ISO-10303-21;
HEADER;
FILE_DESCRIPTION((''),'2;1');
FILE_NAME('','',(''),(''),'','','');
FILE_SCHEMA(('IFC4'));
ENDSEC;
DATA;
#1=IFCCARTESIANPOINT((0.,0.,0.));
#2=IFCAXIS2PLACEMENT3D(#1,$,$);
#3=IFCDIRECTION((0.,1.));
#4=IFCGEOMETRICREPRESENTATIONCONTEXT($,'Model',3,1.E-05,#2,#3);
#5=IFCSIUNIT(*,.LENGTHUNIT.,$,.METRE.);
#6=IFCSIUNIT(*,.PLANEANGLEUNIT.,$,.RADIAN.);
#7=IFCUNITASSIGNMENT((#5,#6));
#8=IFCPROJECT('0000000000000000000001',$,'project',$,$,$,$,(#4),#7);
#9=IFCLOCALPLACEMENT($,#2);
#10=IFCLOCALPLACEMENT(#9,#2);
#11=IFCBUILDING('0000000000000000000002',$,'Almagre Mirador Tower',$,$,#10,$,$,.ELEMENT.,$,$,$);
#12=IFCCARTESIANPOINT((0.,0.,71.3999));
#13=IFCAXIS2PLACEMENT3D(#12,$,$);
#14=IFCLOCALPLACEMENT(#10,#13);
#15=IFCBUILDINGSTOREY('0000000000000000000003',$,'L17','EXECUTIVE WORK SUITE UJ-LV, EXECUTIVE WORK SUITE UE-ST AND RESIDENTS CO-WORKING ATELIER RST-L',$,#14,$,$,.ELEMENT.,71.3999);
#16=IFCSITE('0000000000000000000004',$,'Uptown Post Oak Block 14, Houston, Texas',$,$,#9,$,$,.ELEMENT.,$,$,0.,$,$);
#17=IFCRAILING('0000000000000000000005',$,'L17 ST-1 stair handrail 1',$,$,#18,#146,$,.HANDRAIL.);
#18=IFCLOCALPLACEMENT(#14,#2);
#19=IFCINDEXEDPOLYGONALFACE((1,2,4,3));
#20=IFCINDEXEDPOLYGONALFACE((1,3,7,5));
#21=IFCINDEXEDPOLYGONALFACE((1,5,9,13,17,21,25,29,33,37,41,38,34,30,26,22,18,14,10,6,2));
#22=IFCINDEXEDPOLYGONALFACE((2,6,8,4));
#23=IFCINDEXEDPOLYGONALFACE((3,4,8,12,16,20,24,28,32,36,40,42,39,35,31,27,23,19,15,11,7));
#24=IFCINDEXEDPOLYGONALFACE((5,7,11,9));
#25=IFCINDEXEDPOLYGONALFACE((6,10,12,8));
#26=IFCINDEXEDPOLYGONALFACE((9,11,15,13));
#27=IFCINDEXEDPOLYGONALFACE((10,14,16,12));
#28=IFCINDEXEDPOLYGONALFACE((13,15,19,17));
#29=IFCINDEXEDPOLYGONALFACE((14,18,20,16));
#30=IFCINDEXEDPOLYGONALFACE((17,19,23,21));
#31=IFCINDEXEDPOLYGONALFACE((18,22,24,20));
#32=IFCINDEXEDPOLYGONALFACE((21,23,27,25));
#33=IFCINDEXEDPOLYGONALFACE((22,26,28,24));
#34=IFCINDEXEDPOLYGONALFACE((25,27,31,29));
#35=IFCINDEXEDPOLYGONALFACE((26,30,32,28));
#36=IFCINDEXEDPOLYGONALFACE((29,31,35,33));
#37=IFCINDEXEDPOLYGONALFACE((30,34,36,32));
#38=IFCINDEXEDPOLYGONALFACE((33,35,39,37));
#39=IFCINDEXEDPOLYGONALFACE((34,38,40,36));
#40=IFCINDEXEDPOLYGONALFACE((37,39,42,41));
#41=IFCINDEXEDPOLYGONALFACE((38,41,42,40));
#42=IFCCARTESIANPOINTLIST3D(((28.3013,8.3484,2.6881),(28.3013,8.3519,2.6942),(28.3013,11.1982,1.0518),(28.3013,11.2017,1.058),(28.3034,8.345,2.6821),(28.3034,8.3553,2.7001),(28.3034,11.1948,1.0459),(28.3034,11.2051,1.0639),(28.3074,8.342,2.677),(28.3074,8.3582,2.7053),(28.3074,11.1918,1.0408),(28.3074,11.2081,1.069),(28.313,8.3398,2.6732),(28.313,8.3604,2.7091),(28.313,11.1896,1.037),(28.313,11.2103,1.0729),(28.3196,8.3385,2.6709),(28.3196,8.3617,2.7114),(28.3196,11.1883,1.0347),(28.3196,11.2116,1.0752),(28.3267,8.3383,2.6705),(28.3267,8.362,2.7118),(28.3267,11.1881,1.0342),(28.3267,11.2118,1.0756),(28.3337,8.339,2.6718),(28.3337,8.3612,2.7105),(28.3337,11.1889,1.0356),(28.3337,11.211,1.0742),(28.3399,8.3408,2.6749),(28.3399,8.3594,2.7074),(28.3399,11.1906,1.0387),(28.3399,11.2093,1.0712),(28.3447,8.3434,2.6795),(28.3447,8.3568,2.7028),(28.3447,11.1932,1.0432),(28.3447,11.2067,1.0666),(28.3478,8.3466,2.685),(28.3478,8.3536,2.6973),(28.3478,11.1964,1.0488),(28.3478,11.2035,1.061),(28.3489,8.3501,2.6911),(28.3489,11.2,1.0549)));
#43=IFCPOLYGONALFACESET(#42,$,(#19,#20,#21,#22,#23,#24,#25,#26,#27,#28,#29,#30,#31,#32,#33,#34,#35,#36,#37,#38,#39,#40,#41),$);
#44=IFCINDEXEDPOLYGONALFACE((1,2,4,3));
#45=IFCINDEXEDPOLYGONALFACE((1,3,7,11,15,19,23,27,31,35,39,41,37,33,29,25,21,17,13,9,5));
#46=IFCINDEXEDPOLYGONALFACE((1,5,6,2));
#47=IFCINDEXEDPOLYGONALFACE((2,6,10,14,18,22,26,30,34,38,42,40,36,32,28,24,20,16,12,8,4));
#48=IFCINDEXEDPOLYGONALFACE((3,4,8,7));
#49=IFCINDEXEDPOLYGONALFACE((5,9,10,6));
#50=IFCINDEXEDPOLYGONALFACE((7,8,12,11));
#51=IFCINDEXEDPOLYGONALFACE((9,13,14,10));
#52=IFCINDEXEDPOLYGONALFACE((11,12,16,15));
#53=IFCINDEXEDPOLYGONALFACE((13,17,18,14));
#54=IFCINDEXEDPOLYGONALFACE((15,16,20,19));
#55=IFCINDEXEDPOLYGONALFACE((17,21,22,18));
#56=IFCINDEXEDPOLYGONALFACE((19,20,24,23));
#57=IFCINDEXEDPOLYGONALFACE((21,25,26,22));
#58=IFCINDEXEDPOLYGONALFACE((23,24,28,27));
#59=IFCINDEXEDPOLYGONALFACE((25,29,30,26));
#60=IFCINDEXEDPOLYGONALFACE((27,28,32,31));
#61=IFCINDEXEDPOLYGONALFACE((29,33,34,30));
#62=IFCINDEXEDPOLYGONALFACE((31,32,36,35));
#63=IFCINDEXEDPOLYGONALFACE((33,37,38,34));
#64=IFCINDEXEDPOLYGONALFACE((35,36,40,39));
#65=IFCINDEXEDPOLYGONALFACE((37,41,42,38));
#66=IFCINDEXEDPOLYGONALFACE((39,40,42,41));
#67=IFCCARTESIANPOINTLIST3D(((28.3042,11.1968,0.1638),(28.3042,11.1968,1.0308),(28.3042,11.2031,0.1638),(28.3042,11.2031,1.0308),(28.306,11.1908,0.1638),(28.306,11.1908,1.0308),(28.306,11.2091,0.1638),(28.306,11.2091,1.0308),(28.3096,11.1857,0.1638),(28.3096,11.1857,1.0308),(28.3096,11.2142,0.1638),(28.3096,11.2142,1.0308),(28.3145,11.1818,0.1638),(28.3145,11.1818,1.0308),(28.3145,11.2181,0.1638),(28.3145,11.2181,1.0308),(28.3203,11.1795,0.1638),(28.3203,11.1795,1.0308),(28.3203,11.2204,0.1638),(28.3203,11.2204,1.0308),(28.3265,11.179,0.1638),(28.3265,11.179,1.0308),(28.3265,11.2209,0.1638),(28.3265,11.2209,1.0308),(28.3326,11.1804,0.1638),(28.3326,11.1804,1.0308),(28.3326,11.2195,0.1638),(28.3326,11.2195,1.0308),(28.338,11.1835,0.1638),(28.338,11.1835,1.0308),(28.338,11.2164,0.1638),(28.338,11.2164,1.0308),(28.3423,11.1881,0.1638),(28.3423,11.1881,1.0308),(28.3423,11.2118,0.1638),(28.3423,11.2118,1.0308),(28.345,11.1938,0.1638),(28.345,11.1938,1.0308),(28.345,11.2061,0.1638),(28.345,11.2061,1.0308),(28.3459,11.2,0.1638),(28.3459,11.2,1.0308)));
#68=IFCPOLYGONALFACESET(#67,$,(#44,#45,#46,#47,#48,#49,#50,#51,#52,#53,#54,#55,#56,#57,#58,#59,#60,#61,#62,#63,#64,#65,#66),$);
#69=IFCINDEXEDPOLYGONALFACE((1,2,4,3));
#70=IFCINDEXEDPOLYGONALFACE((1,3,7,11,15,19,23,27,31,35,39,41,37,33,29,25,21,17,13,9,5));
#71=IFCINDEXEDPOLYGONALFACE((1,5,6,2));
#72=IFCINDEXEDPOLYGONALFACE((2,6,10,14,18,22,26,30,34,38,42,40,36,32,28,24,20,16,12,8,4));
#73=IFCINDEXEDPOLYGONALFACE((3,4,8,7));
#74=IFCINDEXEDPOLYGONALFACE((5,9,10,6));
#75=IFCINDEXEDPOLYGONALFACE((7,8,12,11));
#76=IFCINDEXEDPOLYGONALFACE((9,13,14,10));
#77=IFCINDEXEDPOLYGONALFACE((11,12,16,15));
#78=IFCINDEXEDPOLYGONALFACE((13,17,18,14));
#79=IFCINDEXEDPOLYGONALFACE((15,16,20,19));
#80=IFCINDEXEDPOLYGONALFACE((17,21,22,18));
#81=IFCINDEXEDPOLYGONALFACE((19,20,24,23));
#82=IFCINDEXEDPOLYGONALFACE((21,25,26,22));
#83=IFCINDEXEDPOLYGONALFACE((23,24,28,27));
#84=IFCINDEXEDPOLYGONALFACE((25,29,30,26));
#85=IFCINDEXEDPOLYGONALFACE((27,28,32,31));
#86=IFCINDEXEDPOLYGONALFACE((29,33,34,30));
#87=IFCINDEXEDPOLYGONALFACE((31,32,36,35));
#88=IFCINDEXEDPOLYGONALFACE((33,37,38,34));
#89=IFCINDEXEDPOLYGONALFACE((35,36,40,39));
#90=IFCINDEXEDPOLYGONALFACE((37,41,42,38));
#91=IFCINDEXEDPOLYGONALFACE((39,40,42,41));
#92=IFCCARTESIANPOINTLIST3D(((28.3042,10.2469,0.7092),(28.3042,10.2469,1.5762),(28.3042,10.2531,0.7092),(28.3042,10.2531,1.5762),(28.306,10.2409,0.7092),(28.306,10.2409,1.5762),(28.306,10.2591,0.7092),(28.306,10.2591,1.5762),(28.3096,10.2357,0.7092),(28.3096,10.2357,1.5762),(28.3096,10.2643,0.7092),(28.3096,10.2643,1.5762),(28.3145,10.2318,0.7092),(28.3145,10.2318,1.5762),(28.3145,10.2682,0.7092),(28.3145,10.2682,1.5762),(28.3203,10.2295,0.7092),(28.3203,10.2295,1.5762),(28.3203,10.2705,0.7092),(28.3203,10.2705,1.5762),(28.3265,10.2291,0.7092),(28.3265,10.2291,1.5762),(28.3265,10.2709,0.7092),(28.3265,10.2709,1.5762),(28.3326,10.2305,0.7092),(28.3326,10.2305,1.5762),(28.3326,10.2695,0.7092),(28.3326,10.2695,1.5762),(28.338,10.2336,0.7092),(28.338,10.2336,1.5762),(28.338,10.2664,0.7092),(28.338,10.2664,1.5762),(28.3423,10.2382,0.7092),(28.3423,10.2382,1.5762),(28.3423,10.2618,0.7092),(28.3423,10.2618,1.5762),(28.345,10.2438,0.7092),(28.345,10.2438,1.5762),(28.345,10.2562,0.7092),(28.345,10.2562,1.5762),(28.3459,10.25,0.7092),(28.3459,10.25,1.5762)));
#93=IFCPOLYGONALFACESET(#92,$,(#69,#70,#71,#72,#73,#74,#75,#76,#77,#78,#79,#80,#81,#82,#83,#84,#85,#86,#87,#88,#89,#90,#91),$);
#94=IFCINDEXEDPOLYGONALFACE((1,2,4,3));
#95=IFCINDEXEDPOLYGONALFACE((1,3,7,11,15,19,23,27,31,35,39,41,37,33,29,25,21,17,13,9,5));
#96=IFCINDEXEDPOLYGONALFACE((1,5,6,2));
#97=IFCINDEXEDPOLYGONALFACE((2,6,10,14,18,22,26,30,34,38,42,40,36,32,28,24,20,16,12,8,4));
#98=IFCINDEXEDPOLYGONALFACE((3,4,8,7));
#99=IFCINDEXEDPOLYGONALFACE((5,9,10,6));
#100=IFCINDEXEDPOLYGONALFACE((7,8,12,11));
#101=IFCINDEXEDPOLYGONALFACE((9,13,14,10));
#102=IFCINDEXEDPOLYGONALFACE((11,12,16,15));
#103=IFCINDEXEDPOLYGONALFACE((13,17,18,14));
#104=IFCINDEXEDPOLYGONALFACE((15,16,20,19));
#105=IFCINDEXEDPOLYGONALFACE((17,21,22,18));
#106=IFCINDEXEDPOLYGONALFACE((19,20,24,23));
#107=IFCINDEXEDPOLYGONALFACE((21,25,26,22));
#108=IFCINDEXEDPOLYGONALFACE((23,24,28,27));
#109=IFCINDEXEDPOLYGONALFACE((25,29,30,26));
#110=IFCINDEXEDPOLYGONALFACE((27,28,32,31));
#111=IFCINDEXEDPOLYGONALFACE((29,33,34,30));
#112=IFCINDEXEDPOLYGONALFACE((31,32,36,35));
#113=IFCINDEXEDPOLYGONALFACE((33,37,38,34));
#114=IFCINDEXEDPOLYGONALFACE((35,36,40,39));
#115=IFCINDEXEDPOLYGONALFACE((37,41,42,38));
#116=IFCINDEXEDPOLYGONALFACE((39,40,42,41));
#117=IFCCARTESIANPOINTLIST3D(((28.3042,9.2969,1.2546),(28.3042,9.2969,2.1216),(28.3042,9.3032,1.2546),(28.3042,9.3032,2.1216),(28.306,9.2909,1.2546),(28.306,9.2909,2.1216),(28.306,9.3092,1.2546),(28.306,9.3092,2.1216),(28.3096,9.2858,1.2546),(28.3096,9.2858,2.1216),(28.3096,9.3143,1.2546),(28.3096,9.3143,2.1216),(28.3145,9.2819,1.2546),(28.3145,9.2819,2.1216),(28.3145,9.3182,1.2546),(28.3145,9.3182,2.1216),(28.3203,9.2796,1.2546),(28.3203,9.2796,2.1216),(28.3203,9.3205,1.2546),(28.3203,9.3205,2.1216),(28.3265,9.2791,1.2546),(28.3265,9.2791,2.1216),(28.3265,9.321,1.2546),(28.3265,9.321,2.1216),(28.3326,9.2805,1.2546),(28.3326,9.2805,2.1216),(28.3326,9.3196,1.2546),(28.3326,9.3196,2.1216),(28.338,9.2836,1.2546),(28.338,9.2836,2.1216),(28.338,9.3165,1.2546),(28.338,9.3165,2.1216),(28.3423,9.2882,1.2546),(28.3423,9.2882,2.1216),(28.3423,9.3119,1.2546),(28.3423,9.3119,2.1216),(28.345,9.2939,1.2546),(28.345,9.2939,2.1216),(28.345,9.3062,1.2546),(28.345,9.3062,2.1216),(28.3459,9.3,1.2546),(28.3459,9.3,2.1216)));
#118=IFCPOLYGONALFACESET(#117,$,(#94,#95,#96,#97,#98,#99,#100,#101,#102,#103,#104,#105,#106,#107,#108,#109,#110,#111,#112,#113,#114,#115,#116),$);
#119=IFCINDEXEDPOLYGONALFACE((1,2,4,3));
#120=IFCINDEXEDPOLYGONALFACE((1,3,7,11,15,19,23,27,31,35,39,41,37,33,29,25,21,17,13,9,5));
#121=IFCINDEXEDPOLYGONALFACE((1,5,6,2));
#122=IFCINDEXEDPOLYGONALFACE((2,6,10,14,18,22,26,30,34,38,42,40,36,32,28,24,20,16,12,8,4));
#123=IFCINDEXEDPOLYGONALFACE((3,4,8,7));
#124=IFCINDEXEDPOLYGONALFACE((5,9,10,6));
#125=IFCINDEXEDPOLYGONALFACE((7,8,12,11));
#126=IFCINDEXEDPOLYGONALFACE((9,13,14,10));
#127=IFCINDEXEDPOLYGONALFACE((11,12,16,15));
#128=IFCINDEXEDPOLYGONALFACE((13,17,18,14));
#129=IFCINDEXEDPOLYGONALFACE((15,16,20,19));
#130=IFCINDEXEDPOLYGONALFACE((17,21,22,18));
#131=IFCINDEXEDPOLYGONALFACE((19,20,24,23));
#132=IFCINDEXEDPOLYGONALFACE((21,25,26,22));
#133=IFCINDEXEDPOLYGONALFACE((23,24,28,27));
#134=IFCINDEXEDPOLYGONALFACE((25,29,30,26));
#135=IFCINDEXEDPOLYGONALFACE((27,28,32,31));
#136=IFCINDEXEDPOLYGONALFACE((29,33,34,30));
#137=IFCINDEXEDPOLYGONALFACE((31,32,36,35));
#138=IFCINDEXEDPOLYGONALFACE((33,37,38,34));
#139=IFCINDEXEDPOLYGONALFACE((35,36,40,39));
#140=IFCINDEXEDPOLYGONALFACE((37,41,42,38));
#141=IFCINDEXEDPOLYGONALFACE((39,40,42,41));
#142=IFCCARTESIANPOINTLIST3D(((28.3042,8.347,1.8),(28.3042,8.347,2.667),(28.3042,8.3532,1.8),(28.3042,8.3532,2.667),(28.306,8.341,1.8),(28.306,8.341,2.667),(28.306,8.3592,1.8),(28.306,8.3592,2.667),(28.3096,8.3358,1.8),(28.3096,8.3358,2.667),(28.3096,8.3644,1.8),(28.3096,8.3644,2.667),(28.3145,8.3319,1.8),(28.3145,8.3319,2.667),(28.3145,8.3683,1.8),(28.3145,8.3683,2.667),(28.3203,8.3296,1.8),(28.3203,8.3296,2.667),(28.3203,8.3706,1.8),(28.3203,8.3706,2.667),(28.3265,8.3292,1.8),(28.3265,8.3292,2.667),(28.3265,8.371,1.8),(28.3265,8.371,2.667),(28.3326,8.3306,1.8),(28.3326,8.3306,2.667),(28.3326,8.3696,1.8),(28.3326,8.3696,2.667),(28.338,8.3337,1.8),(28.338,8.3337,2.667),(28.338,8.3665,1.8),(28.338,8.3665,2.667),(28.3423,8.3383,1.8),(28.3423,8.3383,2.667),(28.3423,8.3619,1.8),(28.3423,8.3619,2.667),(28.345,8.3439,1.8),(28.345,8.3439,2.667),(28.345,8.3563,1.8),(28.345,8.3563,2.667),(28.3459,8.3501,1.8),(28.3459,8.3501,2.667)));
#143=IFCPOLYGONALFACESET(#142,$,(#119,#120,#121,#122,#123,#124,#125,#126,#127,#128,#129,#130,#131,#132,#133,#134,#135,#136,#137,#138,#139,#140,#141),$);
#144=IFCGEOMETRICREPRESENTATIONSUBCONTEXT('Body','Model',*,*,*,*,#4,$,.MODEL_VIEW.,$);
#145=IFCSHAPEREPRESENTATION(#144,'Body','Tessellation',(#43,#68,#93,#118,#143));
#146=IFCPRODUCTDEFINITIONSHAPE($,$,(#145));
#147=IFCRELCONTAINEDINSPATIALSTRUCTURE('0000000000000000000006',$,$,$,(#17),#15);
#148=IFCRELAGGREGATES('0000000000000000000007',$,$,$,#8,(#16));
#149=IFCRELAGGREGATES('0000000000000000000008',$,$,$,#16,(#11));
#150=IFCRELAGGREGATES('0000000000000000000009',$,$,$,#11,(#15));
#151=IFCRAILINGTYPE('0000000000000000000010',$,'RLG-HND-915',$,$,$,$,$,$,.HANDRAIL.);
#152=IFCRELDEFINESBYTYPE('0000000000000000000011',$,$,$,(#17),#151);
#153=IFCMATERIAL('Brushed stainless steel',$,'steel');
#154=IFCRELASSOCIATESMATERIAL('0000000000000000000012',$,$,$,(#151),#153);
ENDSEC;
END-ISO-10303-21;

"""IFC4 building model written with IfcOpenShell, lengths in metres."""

from ifc_helpers import new_model, si_unit, direction, frame, origin, origin_2d, place, context, subcontext, project, spatial, circle, extrude, material, type_object, element, save


model = new_model("IFC4")

# Units and contexts
model_context = context("Model", 3, precision=1e-05, world=origin(), true_north=direction((0.0, 1.0)))
body_context = subcontext(model_context, "Body", "Model", "MODEL_VIEW")
ifc_project = project(units=[si_unit("LENGTHUNIT", "METRE"), si_unit("PLANEANGLEUNIT", "RADIAN")], contexts=[model_context])

# Site, building, storey
site_placement = place(None, origin())
site = spatial("IfcSite", under=ifc_project, at=site_placement, Name="Uptown Post Oak Block 14, Houston, Texas", CompositionType="ELEMENT", RefElevation=0.0)
building_placement = place(site_placement, origin())
building = spatial("IfcBuilding", under=site, at=building_placement, Name="Almagre Mirador Tower", CompositionType="ELEMENT")
storey_placement = place(building_placement, frame((0.0, 0.0, 71.3999)))
storey = spatial("IfcBuildingStorey", under=building, at=storey_placement, Name="L17", Description="EXECUTIVE WORK SUITE UJ-LV, EXECUTIVE WORK SUITE UE-ST AND RESIDENTS CO-WORKING ATELIER RST-L", CompositionType="ELEMENT", Elevation=71.3999)

# Railing
ifc_material_1 = material(Name="Brushed stainless steel", Category="steel")
railing_type_1 = type_object("IfcRailingType", Name="RLG-HND-915", PredefinedType="HANDRAIL", material=ifc_material_1)
railing_1_placement = place(storey_placement, frame((28.325, 11.2, 0.1638)))
element("IfcRailing", 1, at=railing_1_placement, inside=storey, type_object=railing_type_1, Name="L17 ST-1 stair handrail 1", PredefinedType="HANDRAIL", context=body_context, shape_type="SweptSolid", body=[
    extrude(circle(Radius=0.0239, at=origin_2d()), frame((0.0, 0.0, 0.8911), z_axis=(0.0, -0.867226, 0.497914), x_axis=(1.0, 0.0, 0.0)), (0.0, 0.0, 1.0), 3.2861),
    extrude(circle(Radius=0.021, at=origin_2d()), origin(), (0.0, 0.0, 1.0), 0.8669),
    extrude(circle(Radius=0.021, at=origin_2d()), frame((0.0, -0.95, 0.5454)), (0.0, 0.0, 1.0), 0.8669),
    extrude(circle(Radius=0.021, at=origin_2d()), frame((0.0, -1.8999, 1.0908)), (0.0, 0.0, 1.0), 0.8669),
    extrude(circle(Radius=0.021, at=origin_2d()), frame((0.0, -2.8499, 1.6362)), (0.0, 0.0, 1.0), 0.8669),
])

save(model, "model.ifc")
